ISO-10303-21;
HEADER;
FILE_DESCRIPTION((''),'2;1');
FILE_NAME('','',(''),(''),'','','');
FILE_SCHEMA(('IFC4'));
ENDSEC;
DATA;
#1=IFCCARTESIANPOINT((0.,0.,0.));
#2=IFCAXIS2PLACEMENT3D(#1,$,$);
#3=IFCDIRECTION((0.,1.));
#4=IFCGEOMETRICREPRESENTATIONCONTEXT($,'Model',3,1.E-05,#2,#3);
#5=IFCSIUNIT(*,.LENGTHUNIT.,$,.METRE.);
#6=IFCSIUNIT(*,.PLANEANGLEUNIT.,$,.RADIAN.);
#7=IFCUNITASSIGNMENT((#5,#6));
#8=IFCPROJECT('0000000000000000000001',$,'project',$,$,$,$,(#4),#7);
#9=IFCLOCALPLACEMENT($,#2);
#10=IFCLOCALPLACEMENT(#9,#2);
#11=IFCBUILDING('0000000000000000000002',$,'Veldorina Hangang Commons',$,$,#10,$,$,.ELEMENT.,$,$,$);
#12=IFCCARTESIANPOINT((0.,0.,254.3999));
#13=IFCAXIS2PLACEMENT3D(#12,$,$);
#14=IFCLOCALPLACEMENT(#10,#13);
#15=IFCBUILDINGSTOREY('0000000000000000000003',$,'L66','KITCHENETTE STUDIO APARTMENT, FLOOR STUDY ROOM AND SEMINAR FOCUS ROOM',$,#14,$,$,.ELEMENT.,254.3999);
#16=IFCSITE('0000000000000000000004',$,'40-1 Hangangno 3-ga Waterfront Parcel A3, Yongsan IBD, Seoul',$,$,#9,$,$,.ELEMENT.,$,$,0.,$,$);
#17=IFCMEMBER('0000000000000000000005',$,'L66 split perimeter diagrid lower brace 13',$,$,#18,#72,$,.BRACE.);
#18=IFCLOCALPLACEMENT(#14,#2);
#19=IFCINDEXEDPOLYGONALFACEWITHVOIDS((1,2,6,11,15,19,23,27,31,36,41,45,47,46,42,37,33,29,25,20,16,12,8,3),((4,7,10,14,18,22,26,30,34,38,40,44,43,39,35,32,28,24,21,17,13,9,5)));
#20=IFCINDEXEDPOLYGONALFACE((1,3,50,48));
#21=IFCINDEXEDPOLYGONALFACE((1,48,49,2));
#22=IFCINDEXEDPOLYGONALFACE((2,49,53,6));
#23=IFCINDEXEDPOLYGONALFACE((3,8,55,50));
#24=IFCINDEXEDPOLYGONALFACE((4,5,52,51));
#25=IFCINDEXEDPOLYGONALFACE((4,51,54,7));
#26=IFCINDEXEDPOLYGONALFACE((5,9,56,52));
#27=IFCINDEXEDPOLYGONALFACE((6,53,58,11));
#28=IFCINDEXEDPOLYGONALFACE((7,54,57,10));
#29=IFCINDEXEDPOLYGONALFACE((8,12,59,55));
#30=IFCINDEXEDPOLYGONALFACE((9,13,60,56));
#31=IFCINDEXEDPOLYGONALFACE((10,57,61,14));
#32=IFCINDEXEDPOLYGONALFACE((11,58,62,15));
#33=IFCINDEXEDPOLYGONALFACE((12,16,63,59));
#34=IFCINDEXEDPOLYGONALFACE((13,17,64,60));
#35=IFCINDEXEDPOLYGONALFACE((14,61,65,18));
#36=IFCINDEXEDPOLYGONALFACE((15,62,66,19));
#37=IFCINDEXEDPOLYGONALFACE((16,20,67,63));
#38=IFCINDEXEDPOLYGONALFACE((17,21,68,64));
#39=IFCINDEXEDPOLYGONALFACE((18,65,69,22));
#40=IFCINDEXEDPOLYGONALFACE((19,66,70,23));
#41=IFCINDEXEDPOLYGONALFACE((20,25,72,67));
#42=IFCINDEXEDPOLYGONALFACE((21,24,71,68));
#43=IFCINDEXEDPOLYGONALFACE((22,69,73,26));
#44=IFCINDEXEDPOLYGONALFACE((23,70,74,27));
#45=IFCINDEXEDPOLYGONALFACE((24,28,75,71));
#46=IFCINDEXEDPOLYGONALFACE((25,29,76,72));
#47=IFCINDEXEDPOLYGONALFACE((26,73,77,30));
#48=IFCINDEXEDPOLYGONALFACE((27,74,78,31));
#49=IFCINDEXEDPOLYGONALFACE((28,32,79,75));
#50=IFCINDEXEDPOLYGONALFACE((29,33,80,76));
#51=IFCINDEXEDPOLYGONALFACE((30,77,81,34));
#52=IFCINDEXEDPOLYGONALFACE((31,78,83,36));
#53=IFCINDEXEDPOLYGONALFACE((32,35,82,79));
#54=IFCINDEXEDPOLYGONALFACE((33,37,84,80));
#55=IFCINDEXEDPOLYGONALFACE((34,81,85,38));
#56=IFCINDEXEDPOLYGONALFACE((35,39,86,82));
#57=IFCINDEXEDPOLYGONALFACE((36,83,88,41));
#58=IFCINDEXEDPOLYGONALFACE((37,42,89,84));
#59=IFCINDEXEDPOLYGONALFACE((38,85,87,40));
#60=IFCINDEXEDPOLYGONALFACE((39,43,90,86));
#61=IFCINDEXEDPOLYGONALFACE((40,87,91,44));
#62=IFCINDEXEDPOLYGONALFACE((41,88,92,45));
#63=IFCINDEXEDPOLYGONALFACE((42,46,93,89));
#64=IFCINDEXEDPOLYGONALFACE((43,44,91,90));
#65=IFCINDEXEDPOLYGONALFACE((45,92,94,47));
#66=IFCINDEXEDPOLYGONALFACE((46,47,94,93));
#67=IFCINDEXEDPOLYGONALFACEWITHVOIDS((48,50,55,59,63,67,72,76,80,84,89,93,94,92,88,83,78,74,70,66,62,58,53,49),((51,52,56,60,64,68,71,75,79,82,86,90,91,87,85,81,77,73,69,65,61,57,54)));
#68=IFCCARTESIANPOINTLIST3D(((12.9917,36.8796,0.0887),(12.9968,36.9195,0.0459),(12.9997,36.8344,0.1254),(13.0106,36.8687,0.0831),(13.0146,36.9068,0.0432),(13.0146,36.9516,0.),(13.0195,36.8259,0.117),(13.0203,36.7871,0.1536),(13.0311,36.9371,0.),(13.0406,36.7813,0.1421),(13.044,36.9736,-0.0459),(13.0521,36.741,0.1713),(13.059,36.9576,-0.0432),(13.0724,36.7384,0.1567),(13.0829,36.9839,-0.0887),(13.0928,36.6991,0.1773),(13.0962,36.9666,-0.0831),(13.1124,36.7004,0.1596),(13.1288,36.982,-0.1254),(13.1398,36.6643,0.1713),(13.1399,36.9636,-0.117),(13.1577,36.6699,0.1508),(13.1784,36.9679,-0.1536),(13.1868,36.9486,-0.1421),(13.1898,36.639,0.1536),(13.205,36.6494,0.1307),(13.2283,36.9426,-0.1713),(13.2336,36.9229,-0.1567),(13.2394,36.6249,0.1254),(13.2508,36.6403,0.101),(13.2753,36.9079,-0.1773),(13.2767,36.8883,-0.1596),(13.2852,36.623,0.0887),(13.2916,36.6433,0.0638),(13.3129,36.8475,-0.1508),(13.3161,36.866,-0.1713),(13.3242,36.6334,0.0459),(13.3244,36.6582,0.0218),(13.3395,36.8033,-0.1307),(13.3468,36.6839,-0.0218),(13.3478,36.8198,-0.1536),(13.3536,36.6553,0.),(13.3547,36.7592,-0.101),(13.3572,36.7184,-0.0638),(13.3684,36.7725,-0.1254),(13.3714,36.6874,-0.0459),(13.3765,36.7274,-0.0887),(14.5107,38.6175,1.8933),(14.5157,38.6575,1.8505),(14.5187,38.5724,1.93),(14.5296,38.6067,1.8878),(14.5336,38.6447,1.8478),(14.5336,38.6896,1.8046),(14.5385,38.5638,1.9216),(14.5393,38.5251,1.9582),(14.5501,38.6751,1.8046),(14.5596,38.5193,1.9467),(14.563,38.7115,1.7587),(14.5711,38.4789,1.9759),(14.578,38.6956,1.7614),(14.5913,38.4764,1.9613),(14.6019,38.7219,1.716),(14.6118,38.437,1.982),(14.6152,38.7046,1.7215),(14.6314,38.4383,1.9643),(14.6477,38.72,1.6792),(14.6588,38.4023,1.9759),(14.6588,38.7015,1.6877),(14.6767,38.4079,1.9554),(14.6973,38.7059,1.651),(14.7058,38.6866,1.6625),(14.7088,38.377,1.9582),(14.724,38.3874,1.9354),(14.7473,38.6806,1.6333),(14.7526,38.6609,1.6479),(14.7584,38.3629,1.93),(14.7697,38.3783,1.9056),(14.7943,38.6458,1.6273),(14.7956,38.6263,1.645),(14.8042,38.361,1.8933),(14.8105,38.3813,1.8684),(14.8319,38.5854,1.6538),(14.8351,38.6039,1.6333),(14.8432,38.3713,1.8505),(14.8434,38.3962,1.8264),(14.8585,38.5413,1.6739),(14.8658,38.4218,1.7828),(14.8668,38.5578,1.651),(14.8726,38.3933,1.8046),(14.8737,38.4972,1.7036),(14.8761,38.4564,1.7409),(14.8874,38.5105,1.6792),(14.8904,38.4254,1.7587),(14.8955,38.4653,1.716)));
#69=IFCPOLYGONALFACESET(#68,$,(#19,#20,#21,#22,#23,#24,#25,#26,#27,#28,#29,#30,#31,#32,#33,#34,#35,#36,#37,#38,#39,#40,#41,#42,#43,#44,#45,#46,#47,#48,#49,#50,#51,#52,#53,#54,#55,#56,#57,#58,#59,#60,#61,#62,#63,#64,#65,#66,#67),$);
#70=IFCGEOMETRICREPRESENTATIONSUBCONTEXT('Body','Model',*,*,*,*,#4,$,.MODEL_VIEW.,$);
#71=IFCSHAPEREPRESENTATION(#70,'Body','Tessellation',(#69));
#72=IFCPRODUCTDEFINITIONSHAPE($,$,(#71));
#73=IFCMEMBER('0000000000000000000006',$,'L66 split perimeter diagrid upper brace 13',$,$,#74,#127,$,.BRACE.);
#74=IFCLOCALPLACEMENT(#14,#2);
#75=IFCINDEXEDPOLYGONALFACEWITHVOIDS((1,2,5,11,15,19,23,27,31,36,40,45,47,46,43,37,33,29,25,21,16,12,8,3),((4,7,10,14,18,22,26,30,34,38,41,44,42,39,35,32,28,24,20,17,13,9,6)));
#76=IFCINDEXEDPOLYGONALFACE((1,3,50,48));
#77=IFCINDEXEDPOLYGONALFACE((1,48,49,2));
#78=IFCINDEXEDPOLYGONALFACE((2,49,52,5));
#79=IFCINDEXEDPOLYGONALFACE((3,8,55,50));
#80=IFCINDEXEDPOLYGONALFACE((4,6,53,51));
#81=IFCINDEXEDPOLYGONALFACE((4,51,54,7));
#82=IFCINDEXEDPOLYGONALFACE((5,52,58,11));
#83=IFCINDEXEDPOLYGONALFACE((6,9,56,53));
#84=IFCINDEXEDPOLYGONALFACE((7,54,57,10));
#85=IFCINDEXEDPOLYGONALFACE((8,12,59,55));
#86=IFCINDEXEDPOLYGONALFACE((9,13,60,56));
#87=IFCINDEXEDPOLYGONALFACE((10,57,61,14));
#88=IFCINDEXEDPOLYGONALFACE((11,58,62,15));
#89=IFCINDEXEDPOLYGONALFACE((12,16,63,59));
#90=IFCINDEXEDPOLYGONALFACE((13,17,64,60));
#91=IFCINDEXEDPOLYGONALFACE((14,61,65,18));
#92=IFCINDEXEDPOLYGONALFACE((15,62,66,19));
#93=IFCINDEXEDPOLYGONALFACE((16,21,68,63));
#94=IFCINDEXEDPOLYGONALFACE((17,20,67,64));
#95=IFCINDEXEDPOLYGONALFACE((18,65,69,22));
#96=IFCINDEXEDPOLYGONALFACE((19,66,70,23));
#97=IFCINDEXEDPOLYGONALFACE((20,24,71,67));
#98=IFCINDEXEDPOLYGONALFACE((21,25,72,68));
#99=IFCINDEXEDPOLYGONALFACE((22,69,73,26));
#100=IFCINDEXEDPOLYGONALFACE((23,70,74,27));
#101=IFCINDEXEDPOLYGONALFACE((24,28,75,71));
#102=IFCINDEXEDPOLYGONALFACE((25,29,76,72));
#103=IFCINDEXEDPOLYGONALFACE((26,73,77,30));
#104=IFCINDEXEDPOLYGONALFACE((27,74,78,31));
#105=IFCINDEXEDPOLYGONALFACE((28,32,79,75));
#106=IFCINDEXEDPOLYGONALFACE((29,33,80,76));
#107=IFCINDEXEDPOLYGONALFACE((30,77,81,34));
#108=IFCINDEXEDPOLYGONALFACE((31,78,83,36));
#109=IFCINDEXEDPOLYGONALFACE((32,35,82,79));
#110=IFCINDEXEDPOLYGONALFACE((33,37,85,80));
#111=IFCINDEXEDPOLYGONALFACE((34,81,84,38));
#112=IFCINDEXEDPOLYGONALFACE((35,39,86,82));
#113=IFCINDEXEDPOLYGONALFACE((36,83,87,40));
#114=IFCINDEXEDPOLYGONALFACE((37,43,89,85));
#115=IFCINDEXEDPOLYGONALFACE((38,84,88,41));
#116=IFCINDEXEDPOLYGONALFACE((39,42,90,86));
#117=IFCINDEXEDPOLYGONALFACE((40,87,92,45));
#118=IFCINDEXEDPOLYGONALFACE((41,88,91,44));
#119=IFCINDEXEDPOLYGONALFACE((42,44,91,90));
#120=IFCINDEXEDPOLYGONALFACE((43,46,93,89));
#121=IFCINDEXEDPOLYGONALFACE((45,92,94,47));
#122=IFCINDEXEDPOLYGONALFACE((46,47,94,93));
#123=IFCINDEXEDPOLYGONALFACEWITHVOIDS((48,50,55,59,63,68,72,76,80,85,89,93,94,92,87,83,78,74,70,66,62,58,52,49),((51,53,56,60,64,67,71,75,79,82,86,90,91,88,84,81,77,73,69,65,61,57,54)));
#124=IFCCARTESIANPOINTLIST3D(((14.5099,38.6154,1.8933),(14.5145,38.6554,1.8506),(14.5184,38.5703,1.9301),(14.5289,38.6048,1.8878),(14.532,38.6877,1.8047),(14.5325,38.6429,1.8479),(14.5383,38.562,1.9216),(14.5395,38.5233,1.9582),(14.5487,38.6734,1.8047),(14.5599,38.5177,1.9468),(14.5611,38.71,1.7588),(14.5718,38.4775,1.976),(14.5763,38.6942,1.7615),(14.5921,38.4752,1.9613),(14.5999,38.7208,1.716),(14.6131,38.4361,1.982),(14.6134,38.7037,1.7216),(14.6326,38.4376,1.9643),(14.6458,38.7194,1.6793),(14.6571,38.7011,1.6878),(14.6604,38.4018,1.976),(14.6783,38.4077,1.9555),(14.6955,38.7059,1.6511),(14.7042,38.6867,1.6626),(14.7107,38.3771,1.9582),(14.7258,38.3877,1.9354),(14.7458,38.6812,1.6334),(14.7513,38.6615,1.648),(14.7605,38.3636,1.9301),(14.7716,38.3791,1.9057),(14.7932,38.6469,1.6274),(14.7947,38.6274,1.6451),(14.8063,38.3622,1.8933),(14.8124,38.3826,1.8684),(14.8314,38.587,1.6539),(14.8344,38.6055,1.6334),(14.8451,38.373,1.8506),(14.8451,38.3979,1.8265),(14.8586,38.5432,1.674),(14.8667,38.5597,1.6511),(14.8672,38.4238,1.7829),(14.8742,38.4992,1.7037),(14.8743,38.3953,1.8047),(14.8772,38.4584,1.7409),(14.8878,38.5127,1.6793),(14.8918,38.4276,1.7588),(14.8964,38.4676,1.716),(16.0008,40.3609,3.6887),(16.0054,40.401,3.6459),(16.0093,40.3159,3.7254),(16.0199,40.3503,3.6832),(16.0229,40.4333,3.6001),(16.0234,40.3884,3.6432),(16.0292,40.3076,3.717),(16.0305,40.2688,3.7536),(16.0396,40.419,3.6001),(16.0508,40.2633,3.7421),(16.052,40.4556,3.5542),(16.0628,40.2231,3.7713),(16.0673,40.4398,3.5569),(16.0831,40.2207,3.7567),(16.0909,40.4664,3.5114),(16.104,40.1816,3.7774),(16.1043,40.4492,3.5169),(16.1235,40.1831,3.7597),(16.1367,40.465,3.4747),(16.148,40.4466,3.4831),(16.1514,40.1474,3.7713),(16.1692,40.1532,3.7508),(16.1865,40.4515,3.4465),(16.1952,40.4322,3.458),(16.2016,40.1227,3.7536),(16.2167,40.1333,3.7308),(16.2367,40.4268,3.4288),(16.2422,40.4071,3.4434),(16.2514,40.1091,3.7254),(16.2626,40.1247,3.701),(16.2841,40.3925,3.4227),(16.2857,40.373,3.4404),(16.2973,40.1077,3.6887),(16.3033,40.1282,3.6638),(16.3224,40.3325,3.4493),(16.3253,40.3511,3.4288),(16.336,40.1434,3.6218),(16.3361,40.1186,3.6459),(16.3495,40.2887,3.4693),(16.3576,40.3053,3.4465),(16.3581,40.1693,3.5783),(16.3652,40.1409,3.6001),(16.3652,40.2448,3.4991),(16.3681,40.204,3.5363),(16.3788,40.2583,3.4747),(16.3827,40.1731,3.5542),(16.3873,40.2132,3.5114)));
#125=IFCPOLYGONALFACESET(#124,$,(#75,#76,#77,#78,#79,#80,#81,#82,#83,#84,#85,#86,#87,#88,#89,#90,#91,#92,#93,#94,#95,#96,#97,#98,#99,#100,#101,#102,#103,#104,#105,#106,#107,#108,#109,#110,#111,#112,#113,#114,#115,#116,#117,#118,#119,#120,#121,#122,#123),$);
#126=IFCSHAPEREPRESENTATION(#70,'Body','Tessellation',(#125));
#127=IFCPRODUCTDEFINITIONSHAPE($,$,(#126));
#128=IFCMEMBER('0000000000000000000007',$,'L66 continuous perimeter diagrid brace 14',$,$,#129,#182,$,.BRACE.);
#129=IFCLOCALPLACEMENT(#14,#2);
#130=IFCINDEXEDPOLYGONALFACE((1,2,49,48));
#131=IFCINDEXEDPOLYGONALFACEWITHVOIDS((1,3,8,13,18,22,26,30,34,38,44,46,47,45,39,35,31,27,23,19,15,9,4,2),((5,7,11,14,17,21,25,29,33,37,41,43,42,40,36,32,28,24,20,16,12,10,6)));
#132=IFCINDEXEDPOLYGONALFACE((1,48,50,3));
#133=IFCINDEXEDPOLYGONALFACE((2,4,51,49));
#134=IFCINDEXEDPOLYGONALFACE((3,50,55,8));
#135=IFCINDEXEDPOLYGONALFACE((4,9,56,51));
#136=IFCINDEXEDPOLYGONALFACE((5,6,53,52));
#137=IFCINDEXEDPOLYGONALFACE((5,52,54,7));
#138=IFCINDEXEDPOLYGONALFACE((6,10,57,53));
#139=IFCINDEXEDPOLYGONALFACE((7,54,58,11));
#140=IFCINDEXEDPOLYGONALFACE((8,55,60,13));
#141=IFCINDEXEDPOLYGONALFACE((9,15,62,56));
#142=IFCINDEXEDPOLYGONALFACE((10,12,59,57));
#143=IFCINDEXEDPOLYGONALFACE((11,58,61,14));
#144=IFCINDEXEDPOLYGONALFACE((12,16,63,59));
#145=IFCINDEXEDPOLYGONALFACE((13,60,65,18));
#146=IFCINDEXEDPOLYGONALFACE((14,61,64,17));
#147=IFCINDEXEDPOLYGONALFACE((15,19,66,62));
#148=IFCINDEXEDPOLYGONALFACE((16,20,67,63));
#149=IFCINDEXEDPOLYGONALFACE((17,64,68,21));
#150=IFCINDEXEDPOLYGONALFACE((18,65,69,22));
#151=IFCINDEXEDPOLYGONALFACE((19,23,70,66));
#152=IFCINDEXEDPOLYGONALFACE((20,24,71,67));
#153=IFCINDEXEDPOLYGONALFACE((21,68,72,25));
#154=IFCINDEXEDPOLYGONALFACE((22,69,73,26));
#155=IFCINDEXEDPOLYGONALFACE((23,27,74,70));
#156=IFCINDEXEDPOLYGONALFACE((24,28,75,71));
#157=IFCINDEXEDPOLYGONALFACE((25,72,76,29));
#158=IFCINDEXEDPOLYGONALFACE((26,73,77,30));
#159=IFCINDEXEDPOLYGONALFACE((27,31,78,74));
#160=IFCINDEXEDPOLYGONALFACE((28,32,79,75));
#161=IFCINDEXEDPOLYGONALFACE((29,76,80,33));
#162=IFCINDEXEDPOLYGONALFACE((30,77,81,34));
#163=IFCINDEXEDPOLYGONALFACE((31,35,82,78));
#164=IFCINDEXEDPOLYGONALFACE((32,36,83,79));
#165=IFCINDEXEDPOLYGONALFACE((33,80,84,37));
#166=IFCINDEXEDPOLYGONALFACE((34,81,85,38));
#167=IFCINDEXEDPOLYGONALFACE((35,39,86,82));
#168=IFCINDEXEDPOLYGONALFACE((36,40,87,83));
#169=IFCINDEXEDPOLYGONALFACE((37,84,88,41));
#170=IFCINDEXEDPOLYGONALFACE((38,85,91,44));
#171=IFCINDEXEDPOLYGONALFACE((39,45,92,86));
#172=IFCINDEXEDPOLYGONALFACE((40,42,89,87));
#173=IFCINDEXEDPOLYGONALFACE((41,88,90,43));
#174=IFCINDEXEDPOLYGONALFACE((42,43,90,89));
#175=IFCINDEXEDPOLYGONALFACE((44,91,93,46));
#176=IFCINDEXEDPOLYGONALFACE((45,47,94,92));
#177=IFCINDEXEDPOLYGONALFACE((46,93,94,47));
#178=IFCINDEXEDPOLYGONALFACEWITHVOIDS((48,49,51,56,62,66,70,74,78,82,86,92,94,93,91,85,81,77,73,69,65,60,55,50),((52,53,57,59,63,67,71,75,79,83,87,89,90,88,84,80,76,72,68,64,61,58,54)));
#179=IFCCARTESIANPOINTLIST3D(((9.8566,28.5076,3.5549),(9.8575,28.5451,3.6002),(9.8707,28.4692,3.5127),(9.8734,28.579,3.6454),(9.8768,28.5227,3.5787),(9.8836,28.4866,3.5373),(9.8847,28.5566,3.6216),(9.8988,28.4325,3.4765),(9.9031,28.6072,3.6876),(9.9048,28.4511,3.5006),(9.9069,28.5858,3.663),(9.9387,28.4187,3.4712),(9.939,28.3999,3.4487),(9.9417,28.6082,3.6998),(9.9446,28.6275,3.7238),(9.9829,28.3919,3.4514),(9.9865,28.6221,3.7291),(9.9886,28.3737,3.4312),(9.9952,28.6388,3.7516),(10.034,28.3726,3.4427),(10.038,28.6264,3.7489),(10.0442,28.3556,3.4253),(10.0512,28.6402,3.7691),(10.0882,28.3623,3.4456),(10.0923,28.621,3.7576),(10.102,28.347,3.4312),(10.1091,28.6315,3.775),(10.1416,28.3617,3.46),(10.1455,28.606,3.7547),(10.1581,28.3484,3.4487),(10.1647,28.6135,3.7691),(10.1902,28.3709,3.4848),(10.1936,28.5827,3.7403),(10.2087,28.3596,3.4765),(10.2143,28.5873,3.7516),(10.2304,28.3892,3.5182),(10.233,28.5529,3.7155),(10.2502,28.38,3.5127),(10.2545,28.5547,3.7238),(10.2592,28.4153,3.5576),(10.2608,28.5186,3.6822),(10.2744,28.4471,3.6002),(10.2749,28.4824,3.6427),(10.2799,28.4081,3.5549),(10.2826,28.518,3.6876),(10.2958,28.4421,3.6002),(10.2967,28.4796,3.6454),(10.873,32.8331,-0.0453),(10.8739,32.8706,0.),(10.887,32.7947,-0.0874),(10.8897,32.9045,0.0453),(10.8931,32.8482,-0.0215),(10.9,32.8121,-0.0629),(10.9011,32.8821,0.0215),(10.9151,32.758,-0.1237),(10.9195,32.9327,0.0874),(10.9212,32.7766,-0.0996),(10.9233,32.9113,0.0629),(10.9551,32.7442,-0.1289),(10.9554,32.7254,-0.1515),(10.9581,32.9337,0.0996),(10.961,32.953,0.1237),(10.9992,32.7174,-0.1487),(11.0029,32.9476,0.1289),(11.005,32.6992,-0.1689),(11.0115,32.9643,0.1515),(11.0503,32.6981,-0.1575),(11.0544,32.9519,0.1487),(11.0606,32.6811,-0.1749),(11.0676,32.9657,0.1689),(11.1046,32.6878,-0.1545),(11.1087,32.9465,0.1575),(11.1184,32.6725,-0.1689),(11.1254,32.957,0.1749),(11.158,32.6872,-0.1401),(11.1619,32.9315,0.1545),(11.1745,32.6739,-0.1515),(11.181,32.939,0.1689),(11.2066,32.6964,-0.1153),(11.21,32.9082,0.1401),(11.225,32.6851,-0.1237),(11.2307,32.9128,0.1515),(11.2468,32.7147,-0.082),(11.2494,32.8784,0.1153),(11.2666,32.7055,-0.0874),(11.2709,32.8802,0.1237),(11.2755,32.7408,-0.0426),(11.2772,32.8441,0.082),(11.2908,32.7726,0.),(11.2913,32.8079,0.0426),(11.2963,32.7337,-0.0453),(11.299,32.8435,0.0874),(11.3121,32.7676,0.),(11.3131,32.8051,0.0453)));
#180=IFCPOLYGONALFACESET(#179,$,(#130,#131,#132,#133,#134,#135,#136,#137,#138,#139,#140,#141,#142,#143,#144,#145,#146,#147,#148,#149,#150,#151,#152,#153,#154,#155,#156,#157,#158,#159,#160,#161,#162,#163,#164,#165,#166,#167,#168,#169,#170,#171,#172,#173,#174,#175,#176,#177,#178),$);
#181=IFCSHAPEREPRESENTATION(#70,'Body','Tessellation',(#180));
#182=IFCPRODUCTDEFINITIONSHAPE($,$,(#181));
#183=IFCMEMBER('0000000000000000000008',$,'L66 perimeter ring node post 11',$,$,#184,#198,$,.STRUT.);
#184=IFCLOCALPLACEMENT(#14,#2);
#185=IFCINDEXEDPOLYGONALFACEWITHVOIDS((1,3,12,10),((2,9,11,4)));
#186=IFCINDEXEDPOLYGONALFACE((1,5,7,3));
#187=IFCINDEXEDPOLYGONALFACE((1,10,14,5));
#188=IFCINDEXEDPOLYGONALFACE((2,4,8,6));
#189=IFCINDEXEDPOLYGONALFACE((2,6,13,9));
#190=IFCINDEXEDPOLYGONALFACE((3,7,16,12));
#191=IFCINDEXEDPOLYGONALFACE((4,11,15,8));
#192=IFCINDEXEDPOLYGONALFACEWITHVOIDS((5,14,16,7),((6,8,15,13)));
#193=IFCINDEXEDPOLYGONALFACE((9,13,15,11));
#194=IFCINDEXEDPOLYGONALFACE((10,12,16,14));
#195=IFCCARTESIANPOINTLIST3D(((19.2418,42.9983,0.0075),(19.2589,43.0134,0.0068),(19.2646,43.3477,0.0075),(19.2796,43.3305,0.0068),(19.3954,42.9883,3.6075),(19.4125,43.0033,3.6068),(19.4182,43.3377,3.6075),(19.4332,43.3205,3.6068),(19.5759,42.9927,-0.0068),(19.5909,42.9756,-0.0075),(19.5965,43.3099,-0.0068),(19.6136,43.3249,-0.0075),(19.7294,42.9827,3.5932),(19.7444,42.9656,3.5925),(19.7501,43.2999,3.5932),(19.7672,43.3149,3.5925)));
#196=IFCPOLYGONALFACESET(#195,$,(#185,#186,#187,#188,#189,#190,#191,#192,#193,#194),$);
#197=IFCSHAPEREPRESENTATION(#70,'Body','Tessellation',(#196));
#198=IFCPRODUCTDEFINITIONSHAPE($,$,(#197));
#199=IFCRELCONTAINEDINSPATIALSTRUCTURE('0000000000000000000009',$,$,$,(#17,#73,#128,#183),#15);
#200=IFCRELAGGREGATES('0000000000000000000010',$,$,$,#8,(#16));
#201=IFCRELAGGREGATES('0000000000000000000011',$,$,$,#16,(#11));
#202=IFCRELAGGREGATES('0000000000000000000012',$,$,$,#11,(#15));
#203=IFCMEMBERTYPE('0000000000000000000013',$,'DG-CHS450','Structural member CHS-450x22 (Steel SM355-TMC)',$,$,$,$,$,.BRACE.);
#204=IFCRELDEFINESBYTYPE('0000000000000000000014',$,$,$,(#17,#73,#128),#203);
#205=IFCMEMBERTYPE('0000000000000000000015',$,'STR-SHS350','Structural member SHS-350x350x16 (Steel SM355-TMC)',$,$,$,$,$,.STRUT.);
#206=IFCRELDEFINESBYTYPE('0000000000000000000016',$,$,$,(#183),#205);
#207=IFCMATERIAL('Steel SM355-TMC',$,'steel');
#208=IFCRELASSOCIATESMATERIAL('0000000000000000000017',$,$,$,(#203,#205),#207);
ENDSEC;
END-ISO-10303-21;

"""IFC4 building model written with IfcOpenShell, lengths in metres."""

from ifc_helpers import new_model, si_unit, direction, frame, origin, origin_2d, place, context, subcontext, project, spatial, hollow_rectangle, hollow_circle, extrude, material, material_profile, profile_set, type_object, element, save


model = new_model("IFC4")

# Units and contexts
model_context = context("Model", 3, precision=1e-05, world=origin(), true_north=direction((0.0, 1.0)))
body_context = subcontext(model_context, "Body", "Model", "MODEL_VIEW")
ifc_project = project(units=[si_unit("LENGTHUNIT", "METRE"), si_unit("PLANEANGLEUNIT", "RADIAN")], contexts=[model_context])

# Site, building, storey
site_placement = place(None, origin())
site = spatial("IfcSite", under=ifc_project, at=site_placement, Name="40-1 Hangangno 3-ga Waterfront Parcel A3, Yongsan IBD, Seoul", CompositionType="ELEMENT", RefElevation=0.0)
building_placement = place(site_placement, origin())
building = spatial("IfcBuilding", under=site, at=building_placement, Name="Veldorina Hangang Commons", CompositionType="ELEMENT")
storey_placement = place(building_placement, frame((0.0, 0.0, 254.3999)))
storey = spatial("IfcBuildingStorey", under=building, at=storey_placement, Name="L66", Description="KITCHENETTE STUDIO APARTMENT, FLOOR STUDY ROOM AND SEMINAR FOCUS ROOM", CompositionType="ELEMENT", Elevation=254.3999)

# Shared definitions
ifc_material_1 = material(Name="Steel SM355-TMC", Category="steel")

# Members
ifc_material_profile_1 = material_profile(ifc_material_1, hollow_circle(Radius=0.2251, WallThickness=0.022, at=origin_2d()), Name="CHS-450x22")
ifc_profile_set_1 = profile_set([ifc_material_profile_1], Name="Steel SM355-TMC")
member_type_1 = type_object("IfcMemberType", Name="DG-CHS450", Description="Structural member CHS-450x22 (Steel SM355-TMC)", PredefinedType="BRACE", material=ifc_profile_set_1)
member_1_placement = place(storey_placement, frame((13.1841, 36.8035, 0.0), z_axis=(0.518437, 0.593178, 0.615925), x_axis=(-0.75295, 0.658078, 0.0)))
element("IfcMember", 1, at=member_1_placement, inside=storey, type_object=member_type_1, Name="L66 split perimeter diagrid lower brace 13", PredefinedType="BRACE", context=body_context, shape_type="SweptSolid", body=[
    extrude(hollow_circle(Radius=0.2251, WallThickness=0.022, at=origin_2d()), origin(), (0.0, 0.0, 1.0), 2.9299),
])
member_2_placement = place(storey_placement, frame((14.7031, 38.5415, 1.8047), z_axis=(0.511589, 0.598963, 0.616052), x_axis=(-0.760389, 0.649468, 0.0)))
element("IfcMember", 2, at=member_2_placement, inside=storey, type_object=member_type_1, Name="L66 split perimeter diagrid upper brace 13", PredefinedType="BRACE", context=body_context, shape_type="SweptSolid", body=[
    extrude(hollow_circle(Radius=0.2251, WallThickness=0.022, at=origin_2d()), origin(), (0.0, 0.0, 1.0), 2.9143),
])
member_3_placement = place(storey_placement, frame((11.093, 32.8191, 0.0), z_axis=(-0.177726, -0.756372, 0.629535), x_axis=(0.973487, -0.228742, 0.0)))
element("IfcMember", 3, at=member_3_placement, inside=storey, type_object=member_type_1, Name="L66 continuous perimeter diagrid brace 14", PredefinedType="BRACE", context=body_context, shape_type="SweptSolid", body=[
    extrude(hollow_circle(Radius=0.2251, WallThickness=0.022, at=origin_2d()), origin(), (0.0, 0.0, 1.0), 5.7188),
])
ifc_material_profile_2 = material_profile(ifc_material_1, hollow_rectangle(XDim=0.3501, YDim=0.3501, WallThickness=0.0161, at=origin_2d()), Name="SHS-350x350x16")
ifc_profile_set_2 = profile_set([ifc_material_profile_2], Name="Steel SM355-TMC")
member_type_2 = type_object("IfcMemberType", Name="STR-SHS350", Description="Structural member SHS-350x350x16 (Steel SM355-TMC)", PredefinedType="STRUT", material=ifc_profile_set_2)
member_4_placement = place(storey_placement, frame((19.4277, 43.1616, 0.0), z_axis=(0.042617, -0.002778, 0.999088), x_axis=(0.065045, 0.997882, 0.0)))
element("IfcMember", 4, at=member_4_placement, inside=storey, type_object=member_type_2, Name="L66 perimeter ring node post 11", PredefinedType="STRUT", context=body_context, shape_type="SweptSolid", body=[
    extrude(hollow_rectangle(XDim=0.3501, YDim=0.3501, WallThickness=0.0161, at=origin_2d()), origin(), (0.0, 0.0, 1.0), 3.6033),
])

save(model, "model.ifc")
